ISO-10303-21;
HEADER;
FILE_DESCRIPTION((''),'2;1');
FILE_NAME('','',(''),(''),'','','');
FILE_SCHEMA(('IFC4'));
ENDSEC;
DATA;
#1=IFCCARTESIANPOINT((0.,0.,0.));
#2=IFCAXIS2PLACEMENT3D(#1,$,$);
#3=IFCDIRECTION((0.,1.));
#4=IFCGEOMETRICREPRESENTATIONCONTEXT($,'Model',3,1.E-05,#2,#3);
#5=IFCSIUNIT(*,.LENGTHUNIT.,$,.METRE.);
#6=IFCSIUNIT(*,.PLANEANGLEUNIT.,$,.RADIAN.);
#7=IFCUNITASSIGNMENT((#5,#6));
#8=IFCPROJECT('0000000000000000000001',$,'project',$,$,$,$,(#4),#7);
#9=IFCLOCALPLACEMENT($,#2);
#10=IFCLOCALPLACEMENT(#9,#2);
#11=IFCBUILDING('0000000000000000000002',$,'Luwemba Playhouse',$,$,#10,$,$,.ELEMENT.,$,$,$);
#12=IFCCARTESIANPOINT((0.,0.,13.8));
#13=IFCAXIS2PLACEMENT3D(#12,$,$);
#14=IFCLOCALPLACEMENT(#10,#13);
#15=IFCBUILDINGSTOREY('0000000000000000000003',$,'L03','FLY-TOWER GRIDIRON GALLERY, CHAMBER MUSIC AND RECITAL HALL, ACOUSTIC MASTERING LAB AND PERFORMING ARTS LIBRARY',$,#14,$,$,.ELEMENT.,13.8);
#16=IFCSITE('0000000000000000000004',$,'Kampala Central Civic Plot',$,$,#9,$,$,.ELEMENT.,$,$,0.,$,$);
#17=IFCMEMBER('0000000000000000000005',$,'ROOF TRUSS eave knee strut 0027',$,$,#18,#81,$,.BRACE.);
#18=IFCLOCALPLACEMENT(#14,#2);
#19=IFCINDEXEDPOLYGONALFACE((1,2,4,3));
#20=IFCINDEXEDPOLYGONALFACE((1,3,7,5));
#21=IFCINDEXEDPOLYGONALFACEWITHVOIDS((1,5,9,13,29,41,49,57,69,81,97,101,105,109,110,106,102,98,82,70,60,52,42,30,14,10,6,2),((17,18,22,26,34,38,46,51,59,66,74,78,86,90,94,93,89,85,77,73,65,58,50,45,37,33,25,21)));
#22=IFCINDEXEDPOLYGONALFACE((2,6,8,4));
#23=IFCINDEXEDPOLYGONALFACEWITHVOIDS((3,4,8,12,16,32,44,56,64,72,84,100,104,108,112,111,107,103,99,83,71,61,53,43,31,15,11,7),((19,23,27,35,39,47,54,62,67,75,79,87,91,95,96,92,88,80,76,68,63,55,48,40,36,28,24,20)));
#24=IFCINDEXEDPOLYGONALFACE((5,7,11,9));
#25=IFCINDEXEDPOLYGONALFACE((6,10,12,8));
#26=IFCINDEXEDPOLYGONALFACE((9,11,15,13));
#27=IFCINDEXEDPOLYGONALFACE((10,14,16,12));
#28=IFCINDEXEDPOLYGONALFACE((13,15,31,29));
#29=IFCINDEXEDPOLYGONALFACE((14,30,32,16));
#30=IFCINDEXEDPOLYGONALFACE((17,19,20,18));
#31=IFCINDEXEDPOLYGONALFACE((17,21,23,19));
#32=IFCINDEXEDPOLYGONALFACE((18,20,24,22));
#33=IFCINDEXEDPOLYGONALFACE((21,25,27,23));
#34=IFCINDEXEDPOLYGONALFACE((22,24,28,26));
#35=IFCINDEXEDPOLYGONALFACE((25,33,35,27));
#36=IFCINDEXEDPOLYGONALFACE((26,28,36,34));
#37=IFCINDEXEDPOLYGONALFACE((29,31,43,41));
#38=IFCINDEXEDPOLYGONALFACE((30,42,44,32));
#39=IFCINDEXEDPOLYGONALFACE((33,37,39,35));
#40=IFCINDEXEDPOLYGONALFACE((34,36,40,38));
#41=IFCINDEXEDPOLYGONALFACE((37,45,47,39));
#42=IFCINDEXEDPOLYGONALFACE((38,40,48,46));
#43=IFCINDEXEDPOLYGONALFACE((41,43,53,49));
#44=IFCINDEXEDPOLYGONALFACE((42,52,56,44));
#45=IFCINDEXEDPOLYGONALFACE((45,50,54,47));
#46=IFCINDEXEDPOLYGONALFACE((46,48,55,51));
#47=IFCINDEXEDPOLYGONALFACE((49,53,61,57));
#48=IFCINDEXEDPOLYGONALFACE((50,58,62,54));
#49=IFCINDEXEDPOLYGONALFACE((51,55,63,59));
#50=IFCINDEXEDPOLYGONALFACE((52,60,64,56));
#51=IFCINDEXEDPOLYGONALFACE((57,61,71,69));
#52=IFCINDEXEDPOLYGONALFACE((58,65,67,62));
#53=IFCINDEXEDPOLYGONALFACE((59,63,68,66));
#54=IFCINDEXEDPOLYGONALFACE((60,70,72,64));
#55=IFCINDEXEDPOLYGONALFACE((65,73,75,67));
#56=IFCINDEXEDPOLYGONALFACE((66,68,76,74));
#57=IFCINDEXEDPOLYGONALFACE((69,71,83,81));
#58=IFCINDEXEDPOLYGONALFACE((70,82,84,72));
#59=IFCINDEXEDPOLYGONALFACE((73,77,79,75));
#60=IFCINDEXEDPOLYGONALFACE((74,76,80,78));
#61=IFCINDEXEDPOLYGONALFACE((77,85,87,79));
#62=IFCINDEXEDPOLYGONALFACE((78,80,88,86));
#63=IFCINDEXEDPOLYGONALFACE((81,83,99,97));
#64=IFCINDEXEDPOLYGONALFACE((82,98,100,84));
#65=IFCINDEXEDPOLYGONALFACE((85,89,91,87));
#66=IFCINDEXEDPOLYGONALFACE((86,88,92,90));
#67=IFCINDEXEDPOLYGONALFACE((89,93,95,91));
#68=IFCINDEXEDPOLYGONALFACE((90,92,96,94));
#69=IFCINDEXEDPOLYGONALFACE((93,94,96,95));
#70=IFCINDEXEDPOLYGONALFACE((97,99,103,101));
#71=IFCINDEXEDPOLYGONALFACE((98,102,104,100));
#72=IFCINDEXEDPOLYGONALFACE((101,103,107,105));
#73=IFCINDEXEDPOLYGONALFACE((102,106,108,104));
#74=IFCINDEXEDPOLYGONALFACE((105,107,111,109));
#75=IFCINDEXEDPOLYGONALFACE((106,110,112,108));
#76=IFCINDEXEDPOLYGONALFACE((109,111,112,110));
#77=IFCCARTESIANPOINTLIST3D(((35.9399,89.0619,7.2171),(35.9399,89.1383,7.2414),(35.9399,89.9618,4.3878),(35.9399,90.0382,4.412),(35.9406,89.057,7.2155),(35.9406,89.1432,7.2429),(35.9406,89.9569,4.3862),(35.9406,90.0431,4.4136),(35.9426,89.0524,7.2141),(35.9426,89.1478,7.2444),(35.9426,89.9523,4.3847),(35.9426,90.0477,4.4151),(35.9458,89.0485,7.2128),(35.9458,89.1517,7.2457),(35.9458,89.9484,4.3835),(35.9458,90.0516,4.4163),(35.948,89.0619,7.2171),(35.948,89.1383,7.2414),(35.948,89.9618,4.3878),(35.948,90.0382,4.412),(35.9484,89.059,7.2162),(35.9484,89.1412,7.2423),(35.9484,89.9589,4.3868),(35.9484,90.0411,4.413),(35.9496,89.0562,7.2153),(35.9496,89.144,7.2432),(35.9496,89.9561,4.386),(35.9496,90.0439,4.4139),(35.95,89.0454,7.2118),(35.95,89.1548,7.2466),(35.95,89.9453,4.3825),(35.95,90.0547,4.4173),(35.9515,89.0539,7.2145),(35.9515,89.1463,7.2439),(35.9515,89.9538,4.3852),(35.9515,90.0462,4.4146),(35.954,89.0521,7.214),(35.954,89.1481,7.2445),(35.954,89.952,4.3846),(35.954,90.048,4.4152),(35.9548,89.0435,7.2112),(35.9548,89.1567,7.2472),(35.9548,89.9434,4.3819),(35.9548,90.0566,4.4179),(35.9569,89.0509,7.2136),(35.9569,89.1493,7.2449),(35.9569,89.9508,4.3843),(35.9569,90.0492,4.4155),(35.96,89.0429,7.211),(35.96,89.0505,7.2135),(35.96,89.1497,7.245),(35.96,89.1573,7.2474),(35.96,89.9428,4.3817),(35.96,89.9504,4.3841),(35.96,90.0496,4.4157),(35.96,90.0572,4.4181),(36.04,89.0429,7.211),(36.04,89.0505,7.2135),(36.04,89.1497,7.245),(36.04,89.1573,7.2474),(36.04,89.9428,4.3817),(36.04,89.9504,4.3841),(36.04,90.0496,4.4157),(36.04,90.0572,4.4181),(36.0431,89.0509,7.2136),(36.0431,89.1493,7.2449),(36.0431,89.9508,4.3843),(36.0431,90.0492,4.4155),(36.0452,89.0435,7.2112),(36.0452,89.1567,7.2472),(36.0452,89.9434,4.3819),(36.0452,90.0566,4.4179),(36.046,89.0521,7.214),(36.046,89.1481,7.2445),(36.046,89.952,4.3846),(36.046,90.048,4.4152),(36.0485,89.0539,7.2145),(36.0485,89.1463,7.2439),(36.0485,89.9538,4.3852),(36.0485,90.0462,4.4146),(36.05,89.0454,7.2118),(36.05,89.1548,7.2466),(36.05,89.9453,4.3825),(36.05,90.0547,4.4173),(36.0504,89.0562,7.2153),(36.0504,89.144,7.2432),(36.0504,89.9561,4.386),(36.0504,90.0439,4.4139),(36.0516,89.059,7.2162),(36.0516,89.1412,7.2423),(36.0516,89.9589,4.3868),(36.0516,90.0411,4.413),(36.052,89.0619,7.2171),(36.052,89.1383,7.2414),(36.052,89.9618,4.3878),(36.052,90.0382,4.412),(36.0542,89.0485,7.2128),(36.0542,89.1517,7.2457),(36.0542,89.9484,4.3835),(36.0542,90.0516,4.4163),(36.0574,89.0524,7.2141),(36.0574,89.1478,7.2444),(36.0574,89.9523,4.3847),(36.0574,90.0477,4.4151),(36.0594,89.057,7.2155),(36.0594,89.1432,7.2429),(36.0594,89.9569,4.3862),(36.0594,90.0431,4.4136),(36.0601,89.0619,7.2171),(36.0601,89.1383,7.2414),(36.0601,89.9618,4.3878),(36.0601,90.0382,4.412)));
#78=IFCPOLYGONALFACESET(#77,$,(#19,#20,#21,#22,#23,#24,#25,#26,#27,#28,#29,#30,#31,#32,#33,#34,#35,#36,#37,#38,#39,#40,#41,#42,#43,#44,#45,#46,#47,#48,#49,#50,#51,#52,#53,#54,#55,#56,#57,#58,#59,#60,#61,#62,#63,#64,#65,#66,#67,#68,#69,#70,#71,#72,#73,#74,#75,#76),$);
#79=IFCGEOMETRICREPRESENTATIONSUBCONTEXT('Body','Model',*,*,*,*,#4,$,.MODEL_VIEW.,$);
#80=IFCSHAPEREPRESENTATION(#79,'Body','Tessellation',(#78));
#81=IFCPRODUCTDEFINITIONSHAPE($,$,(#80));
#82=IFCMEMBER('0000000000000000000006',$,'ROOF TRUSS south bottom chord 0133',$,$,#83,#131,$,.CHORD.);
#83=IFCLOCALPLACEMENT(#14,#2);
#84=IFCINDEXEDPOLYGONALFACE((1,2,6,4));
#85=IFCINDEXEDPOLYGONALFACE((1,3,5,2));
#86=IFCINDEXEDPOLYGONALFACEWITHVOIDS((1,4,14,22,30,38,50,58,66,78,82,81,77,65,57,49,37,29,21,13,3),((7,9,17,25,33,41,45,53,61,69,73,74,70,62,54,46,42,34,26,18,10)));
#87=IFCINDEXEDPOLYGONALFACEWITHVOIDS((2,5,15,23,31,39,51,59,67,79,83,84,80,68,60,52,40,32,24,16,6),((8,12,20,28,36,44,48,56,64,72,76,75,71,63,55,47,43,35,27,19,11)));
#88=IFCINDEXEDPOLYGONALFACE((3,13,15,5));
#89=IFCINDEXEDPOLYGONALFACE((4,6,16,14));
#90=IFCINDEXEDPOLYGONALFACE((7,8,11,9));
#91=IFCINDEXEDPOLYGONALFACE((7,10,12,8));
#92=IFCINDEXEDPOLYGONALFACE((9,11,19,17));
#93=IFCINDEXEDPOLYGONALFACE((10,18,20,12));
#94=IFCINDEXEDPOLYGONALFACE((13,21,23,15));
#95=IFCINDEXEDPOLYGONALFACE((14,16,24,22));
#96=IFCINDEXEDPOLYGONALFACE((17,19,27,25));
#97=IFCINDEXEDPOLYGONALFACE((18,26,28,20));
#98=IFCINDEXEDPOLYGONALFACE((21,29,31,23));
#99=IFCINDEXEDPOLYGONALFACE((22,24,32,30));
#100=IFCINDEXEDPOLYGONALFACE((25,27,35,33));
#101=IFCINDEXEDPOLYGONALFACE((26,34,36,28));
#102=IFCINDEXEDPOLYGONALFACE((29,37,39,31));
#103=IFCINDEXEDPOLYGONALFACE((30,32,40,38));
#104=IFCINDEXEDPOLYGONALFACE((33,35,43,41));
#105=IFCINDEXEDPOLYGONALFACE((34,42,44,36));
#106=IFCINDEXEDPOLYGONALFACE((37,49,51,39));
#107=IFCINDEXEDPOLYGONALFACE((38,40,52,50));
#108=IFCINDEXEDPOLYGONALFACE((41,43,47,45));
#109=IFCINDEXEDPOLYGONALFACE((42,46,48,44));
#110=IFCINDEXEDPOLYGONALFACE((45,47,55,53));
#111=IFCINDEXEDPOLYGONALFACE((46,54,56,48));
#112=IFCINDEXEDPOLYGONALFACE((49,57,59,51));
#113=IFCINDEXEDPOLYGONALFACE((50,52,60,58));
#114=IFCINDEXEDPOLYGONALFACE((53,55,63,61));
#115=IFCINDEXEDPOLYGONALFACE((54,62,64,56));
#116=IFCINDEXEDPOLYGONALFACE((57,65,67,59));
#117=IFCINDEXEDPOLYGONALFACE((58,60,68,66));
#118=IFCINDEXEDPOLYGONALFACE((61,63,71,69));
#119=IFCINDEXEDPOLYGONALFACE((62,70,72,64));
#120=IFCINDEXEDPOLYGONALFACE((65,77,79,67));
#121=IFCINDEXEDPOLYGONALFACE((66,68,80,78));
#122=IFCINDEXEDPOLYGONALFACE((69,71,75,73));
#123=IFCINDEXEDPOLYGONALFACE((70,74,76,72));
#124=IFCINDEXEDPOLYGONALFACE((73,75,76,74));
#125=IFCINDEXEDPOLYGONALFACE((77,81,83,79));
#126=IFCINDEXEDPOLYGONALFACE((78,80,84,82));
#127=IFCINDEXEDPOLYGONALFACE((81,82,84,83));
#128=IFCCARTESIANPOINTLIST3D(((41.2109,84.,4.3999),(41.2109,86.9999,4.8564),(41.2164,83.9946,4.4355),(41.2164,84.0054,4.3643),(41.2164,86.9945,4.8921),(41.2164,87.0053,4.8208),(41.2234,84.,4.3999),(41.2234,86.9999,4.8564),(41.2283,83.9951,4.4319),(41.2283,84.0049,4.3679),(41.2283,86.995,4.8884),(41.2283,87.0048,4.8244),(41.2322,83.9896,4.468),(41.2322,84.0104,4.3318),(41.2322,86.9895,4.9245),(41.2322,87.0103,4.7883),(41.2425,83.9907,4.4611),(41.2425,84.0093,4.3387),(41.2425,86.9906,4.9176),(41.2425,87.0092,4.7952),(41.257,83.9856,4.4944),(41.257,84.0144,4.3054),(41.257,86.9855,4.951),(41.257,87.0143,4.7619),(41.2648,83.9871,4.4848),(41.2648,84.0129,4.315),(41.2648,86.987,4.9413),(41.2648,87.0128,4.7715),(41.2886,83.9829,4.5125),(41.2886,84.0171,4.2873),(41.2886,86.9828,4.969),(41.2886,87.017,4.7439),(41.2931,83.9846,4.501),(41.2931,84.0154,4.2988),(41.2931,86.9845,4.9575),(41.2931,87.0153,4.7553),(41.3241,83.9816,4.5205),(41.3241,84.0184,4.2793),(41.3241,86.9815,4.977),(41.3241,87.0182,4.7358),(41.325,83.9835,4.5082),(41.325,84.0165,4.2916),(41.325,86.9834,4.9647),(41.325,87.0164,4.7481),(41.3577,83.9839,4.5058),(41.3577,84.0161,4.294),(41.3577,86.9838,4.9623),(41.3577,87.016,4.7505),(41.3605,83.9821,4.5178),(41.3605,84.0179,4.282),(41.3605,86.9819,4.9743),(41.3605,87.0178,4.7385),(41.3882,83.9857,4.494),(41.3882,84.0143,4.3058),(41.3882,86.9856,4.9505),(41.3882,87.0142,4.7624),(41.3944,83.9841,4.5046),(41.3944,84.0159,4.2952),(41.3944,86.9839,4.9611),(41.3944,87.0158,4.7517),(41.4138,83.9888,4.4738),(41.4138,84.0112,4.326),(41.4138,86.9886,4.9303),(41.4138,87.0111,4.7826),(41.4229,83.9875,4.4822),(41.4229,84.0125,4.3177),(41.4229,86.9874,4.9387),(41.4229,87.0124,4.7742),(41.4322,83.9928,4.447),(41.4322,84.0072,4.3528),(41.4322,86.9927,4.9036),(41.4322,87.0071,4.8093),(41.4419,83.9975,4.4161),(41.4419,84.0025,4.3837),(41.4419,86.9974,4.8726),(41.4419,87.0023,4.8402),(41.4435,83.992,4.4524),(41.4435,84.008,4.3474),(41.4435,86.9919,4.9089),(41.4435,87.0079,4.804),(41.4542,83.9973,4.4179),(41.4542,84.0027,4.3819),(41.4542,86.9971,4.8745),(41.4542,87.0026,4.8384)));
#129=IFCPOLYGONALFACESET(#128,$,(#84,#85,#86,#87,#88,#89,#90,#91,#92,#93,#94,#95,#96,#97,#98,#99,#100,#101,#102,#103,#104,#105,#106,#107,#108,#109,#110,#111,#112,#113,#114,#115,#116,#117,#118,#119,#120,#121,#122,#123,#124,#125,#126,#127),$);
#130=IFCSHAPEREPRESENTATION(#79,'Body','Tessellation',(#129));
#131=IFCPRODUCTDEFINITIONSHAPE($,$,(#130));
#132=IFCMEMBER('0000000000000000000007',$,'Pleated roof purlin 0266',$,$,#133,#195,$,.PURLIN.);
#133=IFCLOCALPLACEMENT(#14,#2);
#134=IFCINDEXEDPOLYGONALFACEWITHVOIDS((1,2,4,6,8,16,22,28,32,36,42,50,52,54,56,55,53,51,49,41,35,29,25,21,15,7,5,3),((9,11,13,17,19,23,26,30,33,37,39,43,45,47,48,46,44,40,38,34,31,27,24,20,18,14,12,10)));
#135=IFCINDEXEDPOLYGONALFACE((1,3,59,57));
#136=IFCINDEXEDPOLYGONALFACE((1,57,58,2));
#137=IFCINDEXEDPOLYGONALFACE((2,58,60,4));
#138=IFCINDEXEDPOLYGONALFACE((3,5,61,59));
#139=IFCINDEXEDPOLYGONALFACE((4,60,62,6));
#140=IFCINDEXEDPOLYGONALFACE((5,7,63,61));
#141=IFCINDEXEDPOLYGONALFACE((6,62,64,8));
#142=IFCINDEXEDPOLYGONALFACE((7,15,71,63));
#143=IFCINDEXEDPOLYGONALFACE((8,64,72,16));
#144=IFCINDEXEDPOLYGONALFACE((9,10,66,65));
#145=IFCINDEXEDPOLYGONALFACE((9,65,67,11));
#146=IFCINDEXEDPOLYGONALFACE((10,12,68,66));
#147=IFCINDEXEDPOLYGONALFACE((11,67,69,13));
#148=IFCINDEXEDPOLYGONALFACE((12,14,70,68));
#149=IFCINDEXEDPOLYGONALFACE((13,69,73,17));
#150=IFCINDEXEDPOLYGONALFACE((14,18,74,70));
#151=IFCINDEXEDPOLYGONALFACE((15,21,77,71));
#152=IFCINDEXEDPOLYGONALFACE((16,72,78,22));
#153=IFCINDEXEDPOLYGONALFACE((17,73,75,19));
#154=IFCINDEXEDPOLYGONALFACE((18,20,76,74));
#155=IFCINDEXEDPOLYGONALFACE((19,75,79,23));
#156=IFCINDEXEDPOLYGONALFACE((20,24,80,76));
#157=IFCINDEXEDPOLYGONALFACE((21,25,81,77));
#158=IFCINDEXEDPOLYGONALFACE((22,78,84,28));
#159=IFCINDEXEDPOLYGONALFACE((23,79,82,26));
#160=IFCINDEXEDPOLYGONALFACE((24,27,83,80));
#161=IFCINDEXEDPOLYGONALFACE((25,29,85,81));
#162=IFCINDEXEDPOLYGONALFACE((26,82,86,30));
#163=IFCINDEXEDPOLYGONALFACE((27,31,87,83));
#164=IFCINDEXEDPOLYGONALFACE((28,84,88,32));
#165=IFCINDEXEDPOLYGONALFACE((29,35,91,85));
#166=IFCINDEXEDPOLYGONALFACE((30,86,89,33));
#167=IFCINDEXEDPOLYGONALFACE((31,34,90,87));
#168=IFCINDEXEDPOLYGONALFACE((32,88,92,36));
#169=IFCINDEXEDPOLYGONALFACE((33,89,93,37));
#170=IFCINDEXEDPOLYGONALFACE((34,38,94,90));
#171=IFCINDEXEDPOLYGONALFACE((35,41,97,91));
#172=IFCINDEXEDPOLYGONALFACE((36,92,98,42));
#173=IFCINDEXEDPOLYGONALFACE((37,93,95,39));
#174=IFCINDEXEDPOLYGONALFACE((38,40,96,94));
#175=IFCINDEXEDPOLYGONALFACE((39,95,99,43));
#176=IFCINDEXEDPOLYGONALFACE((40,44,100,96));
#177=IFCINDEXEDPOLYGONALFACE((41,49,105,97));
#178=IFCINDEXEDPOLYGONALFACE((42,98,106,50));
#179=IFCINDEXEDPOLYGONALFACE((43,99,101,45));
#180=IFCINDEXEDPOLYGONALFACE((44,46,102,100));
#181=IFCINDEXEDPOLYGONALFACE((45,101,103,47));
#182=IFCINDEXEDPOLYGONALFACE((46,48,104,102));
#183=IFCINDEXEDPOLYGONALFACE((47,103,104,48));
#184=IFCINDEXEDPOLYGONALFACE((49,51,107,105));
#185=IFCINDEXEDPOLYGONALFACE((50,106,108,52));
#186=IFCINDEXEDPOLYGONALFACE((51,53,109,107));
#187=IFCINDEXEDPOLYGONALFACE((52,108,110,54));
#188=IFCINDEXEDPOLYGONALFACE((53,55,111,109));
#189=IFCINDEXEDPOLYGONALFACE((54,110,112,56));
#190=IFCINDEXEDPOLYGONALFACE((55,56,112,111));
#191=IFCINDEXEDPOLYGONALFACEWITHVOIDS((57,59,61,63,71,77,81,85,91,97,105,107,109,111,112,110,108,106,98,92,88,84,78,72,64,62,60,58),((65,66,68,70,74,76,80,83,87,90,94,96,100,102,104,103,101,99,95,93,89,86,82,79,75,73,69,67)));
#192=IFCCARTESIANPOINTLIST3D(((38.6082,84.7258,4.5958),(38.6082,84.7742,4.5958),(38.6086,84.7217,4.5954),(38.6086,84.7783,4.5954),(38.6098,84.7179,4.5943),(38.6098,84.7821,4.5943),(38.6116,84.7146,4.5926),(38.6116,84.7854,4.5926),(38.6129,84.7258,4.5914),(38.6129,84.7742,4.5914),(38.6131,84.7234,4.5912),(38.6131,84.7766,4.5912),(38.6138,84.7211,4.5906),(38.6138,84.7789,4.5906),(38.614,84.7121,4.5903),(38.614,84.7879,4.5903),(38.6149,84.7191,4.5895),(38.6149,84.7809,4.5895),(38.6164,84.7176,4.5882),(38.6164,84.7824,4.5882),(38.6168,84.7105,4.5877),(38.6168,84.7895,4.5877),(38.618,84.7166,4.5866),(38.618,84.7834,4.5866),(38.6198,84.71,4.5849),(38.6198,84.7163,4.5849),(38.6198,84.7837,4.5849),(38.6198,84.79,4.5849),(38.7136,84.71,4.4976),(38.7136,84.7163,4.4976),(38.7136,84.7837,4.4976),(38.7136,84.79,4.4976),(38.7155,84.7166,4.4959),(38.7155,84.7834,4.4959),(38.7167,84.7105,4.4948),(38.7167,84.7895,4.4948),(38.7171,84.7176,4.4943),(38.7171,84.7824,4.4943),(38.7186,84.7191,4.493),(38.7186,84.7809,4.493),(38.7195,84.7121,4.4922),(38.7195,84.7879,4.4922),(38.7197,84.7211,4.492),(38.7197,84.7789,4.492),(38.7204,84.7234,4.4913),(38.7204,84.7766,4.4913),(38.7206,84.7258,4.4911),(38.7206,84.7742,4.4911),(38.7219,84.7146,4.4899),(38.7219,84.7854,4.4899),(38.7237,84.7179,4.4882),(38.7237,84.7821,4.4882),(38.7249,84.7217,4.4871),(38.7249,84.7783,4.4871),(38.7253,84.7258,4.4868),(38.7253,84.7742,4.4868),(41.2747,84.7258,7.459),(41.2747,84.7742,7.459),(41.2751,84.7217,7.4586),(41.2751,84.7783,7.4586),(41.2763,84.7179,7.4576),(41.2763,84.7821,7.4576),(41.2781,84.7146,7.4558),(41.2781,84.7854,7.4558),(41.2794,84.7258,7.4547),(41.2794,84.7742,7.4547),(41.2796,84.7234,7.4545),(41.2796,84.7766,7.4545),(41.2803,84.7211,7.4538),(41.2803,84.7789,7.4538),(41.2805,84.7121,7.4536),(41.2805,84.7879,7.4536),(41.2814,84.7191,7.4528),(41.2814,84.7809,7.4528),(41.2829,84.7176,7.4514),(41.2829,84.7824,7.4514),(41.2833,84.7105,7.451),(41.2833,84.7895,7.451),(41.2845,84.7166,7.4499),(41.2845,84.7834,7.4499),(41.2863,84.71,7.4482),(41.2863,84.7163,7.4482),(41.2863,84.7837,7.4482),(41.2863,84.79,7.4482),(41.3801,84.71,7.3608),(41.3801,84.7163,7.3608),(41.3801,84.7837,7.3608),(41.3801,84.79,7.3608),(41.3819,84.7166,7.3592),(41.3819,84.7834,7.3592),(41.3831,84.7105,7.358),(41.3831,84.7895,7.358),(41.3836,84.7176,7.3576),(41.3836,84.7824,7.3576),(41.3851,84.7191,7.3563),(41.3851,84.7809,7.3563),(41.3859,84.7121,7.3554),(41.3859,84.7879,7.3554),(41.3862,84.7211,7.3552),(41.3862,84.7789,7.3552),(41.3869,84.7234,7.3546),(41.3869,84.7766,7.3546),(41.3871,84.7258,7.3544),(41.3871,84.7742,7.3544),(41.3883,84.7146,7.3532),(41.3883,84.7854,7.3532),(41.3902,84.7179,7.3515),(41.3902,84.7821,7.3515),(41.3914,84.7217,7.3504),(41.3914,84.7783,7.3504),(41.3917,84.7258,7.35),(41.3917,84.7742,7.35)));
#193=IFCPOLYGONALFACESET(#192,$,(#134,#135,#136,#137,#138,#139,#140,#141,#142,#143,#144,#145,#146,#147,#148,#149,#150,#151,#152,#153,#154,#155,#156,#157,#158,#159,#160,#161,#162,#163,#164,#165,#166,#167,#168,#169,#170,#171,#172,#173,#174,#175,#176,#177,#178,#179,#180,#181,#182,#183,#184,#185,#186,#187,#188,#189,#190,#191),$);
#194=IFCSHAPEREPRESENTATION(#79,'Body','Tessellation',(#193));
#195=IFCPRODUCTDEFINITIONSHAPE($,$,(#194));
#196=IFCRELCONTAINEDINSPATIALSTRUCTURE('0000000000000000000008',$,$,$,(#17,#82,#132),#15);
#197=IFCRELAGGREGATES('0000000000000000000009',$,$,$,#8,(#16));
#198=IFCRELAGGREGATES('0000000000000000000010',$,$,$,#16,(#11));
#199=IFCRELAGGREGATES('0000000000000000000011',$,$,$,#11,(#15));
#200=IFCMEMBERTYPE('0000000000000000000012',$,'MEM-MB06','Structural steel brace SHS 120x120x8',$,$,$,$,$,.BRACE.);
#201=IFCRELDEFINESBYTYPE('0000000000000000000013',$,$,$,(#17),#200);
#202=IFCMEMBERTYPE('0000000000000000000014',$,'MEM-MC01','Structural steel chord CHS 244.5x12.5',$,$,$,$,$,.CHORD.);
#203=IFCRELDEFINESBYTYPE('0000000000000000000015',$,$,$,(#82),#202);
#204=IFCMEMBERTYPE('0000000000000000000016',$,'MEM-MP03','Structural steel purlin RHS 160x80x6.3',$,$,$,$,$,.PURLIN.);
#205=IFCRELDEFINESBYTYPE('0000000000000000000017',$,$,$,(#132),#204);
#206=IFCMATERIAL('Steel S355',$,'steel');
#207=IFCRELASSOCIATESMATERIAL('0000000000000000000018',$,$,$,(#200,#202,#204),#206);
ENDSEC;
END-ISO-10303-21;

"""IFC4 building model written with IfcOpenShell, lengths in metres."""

from ifc_helpers import new_model, si_unit, direction, frame, origin, origin_2d, place, context, subcontext, project, spatial, hollow_rectangle, hollow_circle, extrude, material, material_profile, profile_set, type_object, element, save


model = new_model("IFC4")

# Units and contexts
model_context = context("Model", 3, precision=1e-05, world=origin(), true_north=direction((0.0, 1.0)))
body_context = subcontext(model_context, "Body", "Model", "MODEL_VIEW")
ifc_project = project(units=[si_unit("LENGTHUNIT", "METRE"), si_unit("PLANEANGLEUNIT", "RADIAN")], contexts=[model_context])

# Site, building, storey
site_placement = place(None, origin())
site = spatial("IfcSite", under=ifc_project, at=site_placement, Name="Kampala Central Civic Plot", CompositionType="ELEMENT", RefElevation=0.0)
building_placement = place(site_placement, origin())
building = spatial("IfcBuilding", under=site, at=building_placement, Name="Luwemba Playhouse", CompositionType="ELEMENT")
storey_placement = place(building_placement, frame((0.0, 0.0, 13.8)))
storey = spatial("IfcBuildingStorey", under=building, at=storey_placement, Name="L03", Description="FLY-TOWER GRIDIRON GALLERY, CHAMBER MUSIC AND RECITAL HALL, ACOUSTIC MASTERING LAB AND PERFORMING ARTS LIBRARY", CompositionType="ELEMENT", Elevation=13.8)

# Shared definitions
ifc_material_1 = material(Name="Steel S355", Category="steel")

# Members
ifc_material_profile_1 = material_profile(ifc_material_1, hollow_rectangle(XDim=0.1201, YDim=0.1201, WallThickness=0.0081, InnerFilletRadius=0.012, OuterFilletRadius=0.02, at=origin_2d()))
ifc_profile_set_1 = profile_set([ifc_material_profile_1], Name="Steel S355")
member_type_1 = type_object("IfcMemberType", Name="MEM-MB06", Description="Structural steel brace SHS 120x120x8", PredefinedType="BRACE", material=ifc_profile_set_1)
member_1_placement = place(storey_placement, frame((36.0, 90.0, 4.3999), z_axis=(0.0, -0.303098, 0.952959), x_axis=(1.0, 0.0, 0.0)))
element("IfcMember", 1, at=member_1_placement, inside=storey, type_object=member_type_1, Name="ROOF TRUSS eave knee strut 0027", PredefinedType="BRACE", context=body_context, shape_type="SweptSolid", body=[
    extrude(hollow_rectangle(XDim=0.1201, YDim=0.1201, WallThickness=0.0081, InnerFilletRadius=0.012, OuterFilletRadius=0.02, at=origin_2d()), origin(), (0.0, 0.0, 1.0), 2.969),
])
ifc_material_profile_2 = material_profile(ifc_material_1, hollow_circle(Radius=0.1223, WallThickness=0.0125, at=origin_2d()))
ifc_profile_set_2 = profile_set([ifc_material_profile_2], Name="Steel S355")
member_type_2 = type_object("IfcMemberType", Name="MEM-MC01", Description="Structural steel chord CHS 244.5x12.5", PredefinedType="CHORD", material=ifc_profile_set_2)
member_2_placement = place(storey_placement, frame((41.3333, 84.0, 4.3999), z_axis=(0.0, 0.988618, 0.150449), x_axis=(-1.0, 0.0, 0.0)))
element("IfcMember", 2, at=member_2_placement, inside=storey, type_object=member_type_2, Name="ROOF TRUSS south bottom chord 0133", PredefinedType="CHORD", context=body_context, shape_type="SweptSolid", body=[
    extrude(hollow_circle(Radius=0.1223, WallThickness=0.0125, at=origin_2d()), origin(), (0.0, 0.0, 1.0), 3.0344),
])
ifc_material_profile_3 = material_profile(ifc_material_1, hollow_rectangle(XDim=0.0801, YDim=0.1599, WallThickness=0.0063, InnerFilletRadius=0.0095, OuterFilletRadius=0.0159, at=origin_2d()))
ifc_profile_set_3 = profile_set([ifc_material_profile_3], Name="Steel S355")
member_type_3 = type_object("IfcMemberType", Name="MEM-MP03", Description="Structural steel purlin RHS 160x80x6.3", PredefinedType="PURLIN", material=ifc_profile_set_3)
member_3_placement = place(storey_placement, frame((38.6667, 84.75, 4.5413), z_axis=(0.681513, 0.0, 0.731806), x_axis=(0.0, 1.0, 0.0)))
element("IfcMember", 3, at=member_3_placement, inside=storey, type_object=member_type_3, Name="Pleated roof purlin 0266", PredefinedType="PURLIN", context=body_context, shape_type="SweptSolid", body=[
    extrude(hollow_rectangle(XDim=0.0801, YDim=0.1599, WallThickness=0.0063, InnerFilletRadius=0.0095, OuterFilletRadius=0.0159, at=origin_2d()), origin(), (0.0, 0.0, 1.0), 3.9126),
])

save(model, "model.ifc")
